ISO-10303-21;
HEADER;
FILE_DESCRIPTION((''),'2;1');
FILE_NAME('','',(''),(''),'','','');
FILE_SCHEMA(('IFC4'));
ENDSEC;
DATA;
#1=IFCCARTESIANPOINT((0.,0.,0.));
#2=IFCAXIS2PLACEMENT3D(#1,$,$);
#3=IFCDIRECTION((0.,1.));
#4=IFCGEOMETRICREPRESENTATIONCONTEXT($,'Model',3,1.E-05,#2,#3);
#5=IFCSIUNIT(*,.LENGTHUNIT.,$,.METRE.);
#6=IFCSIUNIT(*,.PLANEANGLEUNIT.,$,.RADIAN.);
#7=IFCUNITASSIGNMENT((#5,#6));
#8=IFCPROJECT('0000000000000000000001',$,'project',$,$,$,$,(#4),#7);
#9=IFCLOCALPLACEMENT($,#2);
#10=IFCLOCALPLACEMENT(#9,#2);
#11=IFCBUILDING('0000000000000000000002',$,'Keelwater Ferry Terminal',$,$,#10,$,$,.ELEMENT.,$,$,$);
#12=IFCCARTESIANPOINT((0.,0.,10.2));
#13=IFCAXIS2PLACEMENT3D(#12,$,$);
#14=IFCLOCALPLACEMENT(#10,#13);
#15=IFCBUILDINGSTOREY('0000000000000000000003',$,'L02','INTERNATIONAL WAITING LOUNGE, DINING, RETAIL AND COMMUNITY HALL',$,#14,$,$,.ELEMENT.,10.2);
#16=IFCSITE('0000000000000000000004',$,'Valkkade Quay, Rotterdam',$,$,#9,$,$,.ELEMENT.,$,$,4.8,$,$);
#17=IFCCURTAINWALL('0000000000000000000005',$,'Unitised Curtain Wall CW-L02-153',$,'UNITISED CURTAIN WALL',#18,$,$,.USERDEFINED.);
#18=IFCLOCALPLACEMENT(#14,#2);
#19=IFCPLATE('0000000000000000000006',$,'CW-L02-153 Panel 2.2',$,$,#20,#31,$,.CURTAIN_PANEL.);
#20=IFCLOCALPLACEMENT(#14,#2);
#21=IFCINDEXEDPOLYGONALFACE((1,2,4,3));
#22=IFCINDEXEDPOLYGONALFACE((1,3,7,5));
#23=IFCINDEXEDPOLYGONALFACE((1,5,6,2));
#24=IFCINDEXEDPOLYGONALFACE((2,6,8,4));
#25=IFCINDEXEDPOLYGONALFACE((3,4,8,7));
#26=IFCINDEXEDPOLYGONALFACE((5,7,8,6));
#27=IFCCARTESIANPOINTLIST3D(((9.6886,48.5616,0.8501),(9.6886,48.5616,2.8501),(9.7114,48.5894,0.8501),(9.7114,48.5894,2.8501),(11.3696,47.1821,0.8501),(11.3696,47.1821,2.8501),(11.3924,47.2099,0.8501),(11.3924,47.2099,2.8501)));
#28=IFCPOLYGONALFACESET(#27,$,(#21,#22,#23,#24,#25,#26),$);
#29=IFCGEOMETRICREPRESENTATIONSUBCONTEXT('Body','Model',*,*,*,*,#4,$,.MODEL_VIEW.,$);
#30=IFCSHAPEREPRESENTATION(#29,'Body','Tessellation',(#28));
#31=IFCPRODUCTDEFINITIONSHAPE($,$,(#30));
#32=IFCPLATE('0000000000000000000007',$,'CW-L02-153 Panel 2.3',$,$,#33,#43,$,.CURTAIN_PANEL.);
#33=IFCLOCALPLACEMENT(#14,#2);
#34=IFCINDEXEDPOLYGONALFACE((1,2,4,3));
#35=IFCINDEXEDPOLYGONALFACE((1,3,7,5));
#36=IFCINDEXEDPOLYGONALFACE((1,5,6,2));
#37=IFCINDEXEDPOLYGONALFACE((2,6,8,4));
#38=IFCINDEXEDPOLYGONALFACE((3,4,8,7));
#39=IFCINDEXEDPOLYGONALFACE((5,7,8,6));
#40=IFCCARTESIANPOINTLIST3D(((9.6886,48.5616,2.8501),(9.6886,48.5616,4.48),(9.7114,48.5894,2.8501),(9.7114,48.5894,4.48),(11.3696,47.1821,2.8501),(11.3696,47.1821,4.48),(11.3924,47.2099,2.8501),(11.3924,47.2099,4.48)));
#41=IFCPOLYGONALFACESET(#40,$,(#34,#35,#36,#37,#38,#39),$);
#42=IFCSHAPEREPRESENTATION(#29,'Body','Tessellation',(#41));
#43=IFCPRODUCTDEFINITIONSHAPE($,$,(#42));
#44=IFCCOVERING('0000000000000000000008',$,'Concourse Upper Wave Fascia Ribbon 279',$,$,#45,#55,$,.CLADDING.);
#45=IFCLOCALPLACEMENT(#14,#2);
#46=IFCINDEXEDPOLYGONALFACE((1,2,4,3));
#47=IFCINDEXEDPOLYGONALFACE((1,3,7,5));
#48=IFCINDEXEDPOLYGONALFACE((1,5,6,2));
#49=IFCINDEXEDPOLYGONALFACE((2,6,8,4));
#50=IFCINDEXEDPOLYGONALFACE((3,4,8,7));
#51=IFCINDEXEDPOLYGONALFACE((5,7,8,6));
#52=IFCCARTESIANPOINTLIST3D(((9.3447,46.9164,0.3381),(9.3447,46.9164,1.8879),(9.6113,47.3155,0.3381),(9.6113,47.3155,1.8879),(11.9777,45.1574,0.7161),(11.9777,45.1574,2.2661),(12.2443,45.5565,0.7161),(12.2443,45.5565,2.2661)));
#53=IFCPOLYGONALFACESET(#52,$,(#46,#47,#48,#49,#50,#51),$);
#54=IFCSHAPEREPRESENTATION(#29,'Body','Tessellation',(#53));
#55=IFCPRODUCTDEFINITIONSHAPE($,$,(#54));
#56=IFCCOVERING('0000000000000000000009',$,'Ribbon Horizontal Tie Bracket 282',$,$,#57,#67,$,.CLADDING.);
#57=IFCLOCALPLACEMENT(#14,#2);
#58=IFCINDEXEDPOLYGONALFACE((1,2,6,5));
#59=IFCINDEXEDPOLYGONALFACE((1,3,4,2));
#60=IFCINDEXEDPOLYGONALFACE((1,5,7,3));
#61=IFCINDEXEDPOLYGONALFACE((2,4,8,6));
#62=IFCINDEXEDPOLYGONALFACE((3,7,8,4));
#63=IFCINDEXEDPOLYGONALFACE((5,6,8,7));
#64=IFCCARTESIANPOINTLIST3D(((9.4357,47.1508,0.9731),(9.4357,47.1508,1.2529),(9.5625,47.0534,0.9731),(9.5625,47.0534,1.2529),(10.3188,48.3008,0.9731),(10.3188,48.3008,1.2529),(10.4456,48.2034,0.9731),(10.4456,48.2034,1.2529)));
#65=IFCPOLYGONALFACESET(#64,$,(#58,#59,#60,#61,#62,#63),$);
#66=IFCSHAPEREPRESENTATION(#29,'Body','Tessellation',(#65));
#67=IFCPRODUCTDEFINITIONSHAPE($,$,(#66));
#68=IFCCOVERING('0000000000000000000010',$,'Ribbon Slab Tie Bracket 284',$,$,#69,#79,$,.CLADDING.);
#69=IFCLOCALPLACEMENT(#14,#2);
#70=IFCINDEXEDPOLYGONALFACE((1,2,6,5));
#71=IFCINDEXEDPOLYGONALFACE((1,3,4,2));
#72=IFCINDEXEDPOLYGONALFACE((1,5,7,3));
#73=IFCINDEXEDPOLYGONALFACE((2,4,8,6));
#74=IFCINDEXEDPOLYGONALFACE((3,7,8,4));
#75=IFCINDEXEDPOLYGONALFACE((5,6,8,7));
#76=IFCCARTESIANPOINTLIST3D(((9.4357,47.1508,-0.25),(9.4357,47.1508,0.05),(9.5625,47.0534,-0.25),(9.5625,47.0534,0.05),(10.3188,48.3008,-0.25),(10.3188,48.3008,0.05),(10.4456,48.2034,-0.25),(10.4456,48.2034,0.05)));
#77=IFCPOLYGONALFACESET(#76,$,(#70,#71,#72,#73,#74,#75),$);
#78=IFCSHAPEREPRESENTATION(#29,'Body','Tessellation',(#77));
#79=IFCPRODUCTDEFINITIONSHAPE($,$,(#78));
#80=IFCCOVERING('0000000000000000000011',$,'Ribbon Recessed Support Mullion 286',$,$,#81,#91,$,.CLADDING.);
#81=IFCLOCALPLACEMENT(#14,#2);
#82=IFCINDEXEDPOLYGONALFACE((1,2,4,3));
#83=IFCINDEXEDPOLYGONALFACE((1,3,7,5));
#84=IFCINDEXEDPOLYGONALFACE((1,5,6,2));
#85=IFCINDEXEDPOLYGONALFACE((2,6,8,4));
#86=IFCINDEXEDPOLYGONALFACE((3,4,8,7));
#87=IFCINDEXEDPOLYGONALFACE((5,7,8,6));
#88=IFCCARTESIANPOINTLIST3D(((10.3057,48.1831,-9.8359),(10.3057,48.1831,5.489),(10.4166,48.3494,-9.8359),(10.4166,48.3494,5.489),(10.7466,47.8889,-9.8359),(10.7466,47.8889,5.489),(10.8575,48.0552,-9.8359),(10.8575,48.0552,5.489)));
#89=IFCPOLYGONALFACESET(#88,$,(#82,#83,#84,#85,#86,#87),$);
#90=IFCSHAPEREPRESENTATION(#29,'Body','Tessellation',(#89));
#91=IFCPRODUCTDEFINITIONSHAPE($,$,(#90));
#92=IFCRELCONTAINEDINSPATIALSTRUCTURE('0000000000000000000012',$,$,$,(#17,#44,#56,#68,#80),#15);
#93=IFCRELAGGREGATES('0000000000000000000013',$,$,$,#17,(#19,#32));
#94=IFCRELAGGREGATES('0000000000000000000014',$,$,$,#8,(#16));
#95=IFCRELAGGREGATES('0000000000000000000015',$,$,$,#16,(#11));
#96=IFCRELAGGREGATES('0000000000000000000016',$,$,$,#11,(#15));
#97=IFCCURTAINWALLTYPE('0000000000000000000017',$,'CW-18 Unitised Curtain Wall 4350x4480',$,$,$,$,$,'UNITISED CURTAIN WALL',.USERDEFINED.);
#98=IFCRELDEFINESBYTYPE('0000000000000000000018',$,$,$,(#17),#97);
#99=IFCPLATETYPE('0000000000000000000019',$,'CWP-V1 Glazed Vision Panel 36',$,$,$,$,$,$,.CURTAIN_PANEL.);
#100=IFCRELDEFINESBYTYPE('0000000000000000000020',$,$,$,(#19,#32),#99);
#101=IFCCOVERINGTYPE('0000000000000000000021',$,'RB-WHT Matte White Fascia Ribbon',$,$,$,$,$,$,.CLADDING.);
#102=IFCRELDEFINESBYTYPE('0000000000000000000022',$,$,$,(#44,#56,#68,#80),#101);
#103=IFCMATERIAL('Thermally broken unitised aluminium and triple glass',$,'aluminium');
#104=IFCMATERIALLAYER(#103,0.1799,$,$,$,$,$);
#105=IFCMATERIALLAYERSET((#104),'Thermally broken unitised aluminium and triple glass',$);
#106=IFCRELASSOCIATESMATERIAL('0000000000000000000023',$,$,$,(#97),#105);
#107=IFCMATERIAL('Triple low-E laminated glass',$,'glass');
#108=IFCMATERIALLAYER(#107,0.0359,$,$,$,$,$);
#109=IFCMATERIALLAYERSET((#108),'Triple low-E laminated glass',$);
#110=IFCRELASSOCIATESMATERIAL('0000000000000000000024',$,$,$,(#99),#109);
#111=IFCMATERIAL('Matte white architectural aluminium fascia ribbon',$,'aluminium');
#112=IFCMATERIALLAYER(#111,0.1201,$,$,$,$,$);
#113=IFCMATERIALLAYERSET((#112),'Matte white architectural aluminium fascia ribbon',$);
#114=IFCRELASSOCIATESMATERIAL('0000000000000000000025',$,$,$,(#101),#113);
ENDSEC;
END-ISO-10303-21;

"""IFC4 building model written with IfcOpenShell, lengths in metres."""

from ifc_helpers import new_model, si_unit, direction, frame, frame_2d, origin, origin_2d, place, context, subcontext, project, spatial, polyline, rectangle, outline, extrude, material, layer, layer_set, type_object, element, aggregate, save


model = new_model("IFC4")

# Units and contexts
model_context = context("Model", 3, precision=1e-05, world=origin(), true_north=direction((0.0, 1.0)))
body_context = subcontext(model_context, "Body", "Model", "MODEL_VIEW")
ifc_project = project(units=[si_unit("LENGTHUNIT", "METRE"), si_unit("PLANEANGLEUNIT", "RADIAN")], contexts=[model_context])

# Site, building, storey
site_placement = place(None, origin())
site = spatial("IfcSite", under=ifc_project, at=site_placement, Name="Valkkade Quay, Rotterdam", CompositionType="ELEMENT", RefElevation=4.8)
building_placement = place(site_placement, origin())
building = spatial("IfcBuilding", under=site, at=building_placement, Name="Keelwater Ferry Terminal", CompositionType="ELEMENT")
storey_placement = place(building_placement, frame((0.0, 0.0, 10.2)))
storey = spatial("IfcBuildingStorey", under=building, at=storey_placement, Name="L02", Description="INTERNATIONAL WAITING LOUNGE, DINING, RETAIL AND COMMUNITY HALL", CompositionType="ELEMENT", Elevation=10.2)

# Shared definitions
ifc_material_1 = material(Name="Thermally broken unitised aluminium and triple glass", Category="aluminium")
ifc_layer_1 = layer(ifc_material_1, 0.1799)
ifc_layer_set_1 = layer_set([ifc_layer_1], Name="Thermally broken unitised aluminium and triple glass")
curtain_wall_type = type_object("IfcCurtainWallType", Name="CW-18 Unitised Curtain Wall 4350x4480", ElementType="UNITISED CURTAIN WALL", PredefinedType="USERDEFINED", material=ifc_layer_set_1)

# Curtain wall
curtain_wall_1_placement = place(storey_placement, origin())
curtain_wall_1 = element("IfcCurtainWall", 1, at=curtain_wall_1_placement, inside=storey, type_object=curtain_wall_type, Name="Unitised Curtain Wall CW-L02-153", ObjectType="UNITISED CURTAIN WALL", PredefinedType="USERDEFINED")

# Plates
ifc_material_2 = material(Name="Triple low-E laminated glass", Category="glass")
ifc_layer_2 = layer(ifc_material_2, 0.0359)
ifc_layer_set_2 = layer_set([ifc_layer_2], Name="Triple low-E laminated glass")
plate_type_1 = type_object("IfcPlateType", Name="CWP-V1 Glazed Vision Panel 36", PredefinedType="CURTAIN_PANEL", material=ifc_layer_set_2)
plate_1_placement = place(storey_placement, frame((10.5405, 47.8857, 0.8501), z_axis=(0.0, 0.0, 1.0), x_axis=(0.773024, -0.634377, 0.0)))
plate_1 = element("IfcPlate", 2, at=plate_1_placement, type_object=plate_type_1, Name="CW-L02-153 Panel 2.2", PredefinedType="CURTAIN_PANEL", context=body_context, shape_type="SweptSolid", body=[
    extrude(rectangle(XDim=2.1746, YDim=0.0359, at=origin_2d()), origin(), (0.0, 0.0, 1.0), 2.0),
])
plate_2_placement = place(storey_placement, frame((10.5405, 47.8857, 2.8501), z_axis=(0.0, 0.0, 1.0), x_axis=(0.773024, -0.634377, 0.0)))
plate_2 = element("IfcPlate", 3, at=plate_2_placement, type_object=plate_type_1, Name="CW-L02-153 Panel 2.3", PredefinedType="CURTAIN_PANEL", context=body_context, shape_type="SweptSolid", body=[
    extrude(rectangle(XDim=2.1746, YDim=0.0359, at=origin_2d()), origin(), (0.0, 0.0, 1.0), 1.6299),
])
aggregate(curtain_wall_1, [plate_1, plate_2])

# Coverings
ifc_material_3 = material(Name="Matte white architectural aluminium fascia ribbon", Category="aluminium")
ifc_layer_3 = layer(ifc_material_3, 0.1201)
ifc_layer_set_3 = layer_set([ifc_layer_3], Name="Matte white architectural aluminium fascia ribbon")
covering_type = type_object("IfcCoveringType", Name="RB-WHT Matte White Fascia Ribbon", PredefinedType="CLADDING", material=ifc_layer_set_3)
covering_1_placement = place(storey_placement, frame((9.478, 47.116, 0.3381), z_axis=(0.0, 0.0, 1.0), x_axis=(0.831516, -0.555501, 0.0)))
element("IfcCovering", 4, at=covering_1_placement, inside=storey, type_object=covering_type, Name="Concourse Upper Wave Fascia Ribbon 279", PredefinedType="CLADDING", context=body_context, shape_type="SweptSolid", body=[
    extrude(outline(polyline([(0.0, 0.0), (3.1665, 0.3779), (3.1665, 1.928), (0.0, 1.5498), (0.0, 0.0)])), frame((0.0, 0.24, 0.0), z_axis=(0.0, -1.0, 0.0), x_axis=(1.0, 0.0, 0.0)), (0.0, 0.0, 1.0), 0.48),
])
covering_2_placement = place(storey_placement, frame((9.499, 47.1021, 0.9731), z_axis=(0.0, 0.0, 1.0), x_axis=(0.609068, 0.793118, 0.0)))
element("IfcCovering", 5, at=covering_2_placement, inside=storey, type_object=covering_type, Name="Ribbon Horizontal Tie Bracket 282", PredefinedType="CLADDING", context=body_context, shape_type="SweptSolid", body=[
    extrude(rectangle(XDim=1.45, YDim=0.1599, at=frame_2d((0.7251, 0.0))), origin(), (0.0, 0.0, 1.0), 0.2798),
])
covering_3_placement = place(storey_placement, frame((9.499, 47.1021, -0.25), z_axis=(0.0, 0.0, 1.0), x_axis=(0.609068, 0.793118, 0.0)))
element("IfcCovering", 6, at=covering_3_placement, inside=storey, type_object=covering_type, Name="Ribbon Slab Tie Bracket 284", PredefinedType="CLADDING", context=body_context, shape_type="SweptSolid", body=[
    extrude(rectangle(XDim=1.45, YDim=0.1599, at=frame_2d((0.7251, 0.0))), origin(), (0.0, 0.0, 1.0), 0.3),
])
covering_4_placement = place(storey_placement, frame((10.3611, 48.2661, -9.8359), z_axis=(0.0, 0.0, 1.0), x_axis=(0.831838, -0.555019, 0.0)))
element("IfcCovering", 7, at=covering_4_placement, inside=storey, type_object=covering_type, Name="Ribbon Recessed Support Mullion 286", PredefinedType="CLADDING", context=body_context, shape_type="SweptSolid", body=[
    extrude(outline(polyline([(0.0, 0.0), (0.53, 0.0), (0.53, 15.325), (0.0, 15.325), (0.0, 0.0)])), frame((0.0, 0.1001, 0.0), z_axis=(0.0, -1.0, 0.0), x_axis=(1.0, 0.0, 0.0)), (0.0, 0.0, 1.0), 0.2),
])

save(model, "model.ifc")
